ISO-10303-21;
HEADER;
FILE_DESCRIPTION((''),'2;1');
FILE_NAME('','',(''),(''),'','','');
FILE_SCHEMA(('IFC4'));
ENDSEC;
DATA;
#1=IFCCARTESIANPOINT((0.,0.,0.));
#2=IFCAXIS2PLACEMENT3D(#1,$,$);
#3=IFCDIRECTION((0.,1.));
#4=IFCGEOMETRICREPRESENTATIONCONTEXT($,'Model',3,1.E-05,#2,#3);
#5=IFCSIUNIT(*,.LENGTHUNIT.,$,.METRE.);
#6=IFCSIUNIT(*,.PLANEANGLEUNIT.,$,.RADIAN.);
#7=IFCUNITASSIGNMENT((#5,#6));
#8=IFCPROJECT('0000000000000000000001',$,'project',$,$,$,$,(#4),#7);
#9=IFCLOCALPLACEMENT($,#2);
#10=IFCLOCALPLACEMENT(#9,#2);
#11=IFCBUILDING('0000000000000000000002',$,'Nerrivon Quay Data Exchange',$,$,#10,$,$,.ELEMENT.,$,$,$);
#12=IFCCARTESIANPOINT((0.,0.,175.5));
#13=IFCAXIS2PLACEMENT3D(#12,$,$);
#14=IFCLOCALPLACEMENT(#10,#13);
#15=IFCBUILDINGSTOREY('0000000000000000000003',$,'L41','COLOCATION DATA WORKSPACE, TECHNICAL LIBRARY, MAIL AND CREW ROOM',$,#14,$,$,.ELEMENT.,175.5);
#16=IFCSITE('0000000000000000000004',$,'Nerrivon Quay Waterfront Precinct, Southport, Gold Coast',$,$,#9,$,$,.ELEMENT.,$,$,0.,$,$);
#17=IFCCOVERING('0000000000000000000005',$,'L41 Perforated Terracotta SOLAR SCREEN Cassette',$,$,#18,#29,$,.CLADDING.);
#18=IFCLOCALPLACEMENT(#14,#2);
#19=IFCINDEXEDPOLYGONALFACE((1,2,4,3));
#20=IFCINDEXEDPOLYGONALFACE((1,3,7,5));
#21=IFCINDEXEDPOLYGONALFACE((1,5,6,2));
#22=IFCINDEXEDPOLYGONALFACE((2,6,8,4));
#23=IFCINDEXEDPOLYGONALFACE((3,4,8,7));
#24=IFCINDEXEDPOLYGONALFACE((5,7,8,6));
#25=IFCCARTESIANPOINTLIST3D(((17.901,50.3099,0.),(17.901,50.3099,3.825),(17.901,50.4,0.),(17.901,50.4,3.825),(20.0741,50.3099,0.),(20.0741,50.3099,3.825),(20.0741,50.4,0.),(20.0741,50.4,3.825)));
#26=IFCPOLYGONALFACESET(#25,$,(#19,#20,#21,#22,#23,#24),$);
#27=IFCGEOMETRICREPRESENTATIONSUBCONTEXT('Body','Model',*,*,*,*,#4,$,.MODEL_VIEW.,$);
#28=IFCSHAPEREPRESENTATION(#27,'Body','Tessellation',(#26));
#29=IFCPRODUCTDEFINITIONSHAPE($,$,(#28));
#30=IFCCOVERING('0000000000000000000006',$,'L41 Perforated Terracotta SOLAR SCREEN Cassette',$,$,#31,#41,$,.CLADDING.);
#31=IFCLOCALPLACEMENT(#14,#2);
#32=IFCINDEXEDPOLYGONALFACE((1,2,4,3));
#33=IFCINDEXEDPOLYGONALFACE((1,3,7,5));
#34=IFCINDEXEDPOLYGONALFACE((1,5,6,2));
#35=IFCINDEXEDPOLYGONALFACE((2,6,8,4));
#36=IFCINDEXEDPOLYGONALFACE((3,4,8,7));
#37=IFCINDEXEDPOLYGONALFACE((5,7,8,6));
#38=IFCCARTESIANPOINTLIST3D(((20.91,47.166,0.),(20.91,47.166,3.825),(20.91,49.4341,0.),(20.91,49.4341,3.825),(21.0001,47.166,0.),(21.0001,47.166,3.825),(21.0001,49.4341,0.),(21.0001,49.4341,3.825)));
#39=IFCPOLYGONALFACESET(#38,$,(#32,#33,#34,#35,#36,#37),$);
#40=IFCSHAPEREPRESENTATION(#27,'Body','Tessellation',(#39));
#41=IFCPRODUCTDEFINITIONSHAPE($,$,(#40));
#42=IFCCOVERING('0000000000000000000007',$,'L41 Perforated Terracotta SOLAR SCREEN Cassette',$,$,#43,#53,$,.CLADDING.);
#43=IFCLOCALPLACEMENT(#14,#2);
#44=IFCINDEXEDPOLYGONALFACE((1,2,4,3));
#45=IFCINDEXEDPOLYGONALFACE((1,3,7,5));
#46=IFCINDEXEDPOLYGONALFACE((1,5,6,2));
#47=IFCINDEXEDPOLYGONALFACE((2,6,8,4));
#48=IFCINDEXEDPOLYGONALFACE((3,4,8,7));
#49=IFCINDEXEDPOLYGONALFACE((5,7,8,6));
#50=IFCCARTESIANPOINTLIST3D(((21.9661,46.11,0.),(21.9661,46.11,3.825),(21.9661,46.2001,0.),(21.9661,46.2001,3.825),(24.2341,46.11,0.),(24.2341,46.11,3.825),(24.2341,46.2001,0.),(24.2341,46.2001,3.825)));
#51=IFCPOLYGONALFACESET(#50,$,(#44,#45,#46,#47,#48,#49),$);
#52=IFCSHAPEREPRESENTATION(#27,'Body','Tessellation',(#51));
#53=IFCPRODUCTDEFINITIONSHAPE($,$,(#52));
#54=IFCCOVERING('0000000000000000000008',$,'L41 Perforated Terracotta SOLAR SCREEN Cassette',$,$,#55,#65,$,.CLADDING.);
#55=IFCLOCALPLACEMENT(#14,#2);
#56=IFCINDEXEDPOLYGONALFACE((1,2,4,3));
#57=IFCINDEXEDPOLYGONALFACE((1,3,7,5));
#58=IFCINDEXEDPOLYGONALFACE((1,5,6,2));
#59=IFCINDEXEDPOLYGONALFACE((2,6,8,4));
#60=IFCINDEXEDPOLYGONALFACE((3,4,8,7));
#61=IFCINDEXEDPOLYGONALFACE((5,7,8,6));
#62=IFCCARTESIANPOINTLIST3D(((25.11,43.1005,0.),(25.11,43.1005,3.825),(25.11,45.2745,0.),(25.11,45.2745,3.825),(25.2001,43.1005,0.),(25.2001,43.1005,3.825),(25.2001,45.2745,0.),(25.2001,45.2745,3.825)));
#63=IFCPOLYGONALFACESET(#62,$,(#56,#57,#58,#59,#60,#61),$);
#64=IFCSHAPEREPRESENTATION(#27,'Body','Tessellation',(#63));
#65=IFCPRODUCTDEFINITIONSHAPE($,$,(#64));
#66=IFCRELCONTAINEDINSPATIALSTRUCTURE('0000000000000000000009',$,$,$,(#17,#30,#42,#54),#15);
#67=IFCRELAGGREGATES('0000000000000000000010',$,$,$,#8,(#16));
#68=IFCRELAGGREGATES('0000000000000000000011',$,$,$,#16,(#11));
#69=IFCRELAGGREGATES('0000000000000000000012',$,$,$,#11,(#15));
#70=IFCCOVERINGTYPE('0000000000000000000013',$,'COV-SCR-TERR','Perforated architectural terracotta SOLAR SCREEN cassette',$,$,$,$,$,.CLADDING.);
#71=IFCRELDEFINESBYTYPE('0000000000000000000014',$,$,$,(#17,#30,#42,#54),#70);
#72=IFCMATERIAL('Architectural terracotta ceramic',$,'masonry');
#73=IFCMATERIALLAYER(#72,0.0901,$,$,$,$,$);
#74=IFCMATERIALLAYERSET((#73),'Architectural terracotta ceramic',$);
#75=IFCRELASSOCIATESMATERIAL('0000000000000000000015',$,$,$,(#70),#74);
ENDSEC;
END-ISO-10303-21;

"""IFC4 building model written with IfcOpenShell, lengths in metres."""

from ifc_helpers import new_model, si_unit, direction, frame, origin, origin_2d, place, context, subcontext, project, spatial, rectangle, extrude, material, layer, layer_set, type_object, element, save


model = new_model("IFC4")

# Units and contexts
model_context = context("Model", 3, precision=1e-05, world=origin(), true_north=direction((0.0, 1.0)))
body_context = subcontext(model_context, "Body", "Model", "MODEL_VIEW")
ifc_project = project(units=[si_unit("LENGTHUNIT", "METRE"), si_unit("PLANEANGLEUNIT", "RADIAN")], contexts=[model_context])

# Site, building, storey
site_placement = place(None, origin())
site = spatial("IfcSite", under=ifc_project, at=site_placement, Name="Nerrivon Quay Waterfront Precinct, Southport, Gold Coast", CompositionType="ELEMENT", RefElevation=0.0)
building_placement = place(site_placement, origin())
building = spatial("IfcBuilding", under=site, at=building_placement, Name="Nerrivon Quay Data Exchange", CompositionType="ELEMENT")
storey_placement = place(building_placement, frame((0.0, 0.0, 175.5)))
storey = spatial("IfcBuildingStorey", under=building, at=storey_placement, Name="L41", Description="COLOCATION DATA WORKSPACE, TECHNICAL LIBRARY, MAIL AND CREW ROOM", CompositionType="ELEMENT", Elevation=175.5)

# Coverings
ifc_material_1 = material(Name="Architectural terracotta ceramic", Category="masonry")
ifc_layer_1 = layer(ifc_material_1, 0.0901)
ifc_layer_set_1 = layer_set([ifc_layer_1], Name="Architectural terracotta ceramic")
covering_type = type_object("IfcCoveringType", Name="COV-SCR-TERR", Description="Perforated architectural terracotta SOLAR SCREEN cassette", PredefinedType="CLADDING", material=ifc_layer_set_1)
covering_1_placement = place(storey_placement, frame((18.9875, 50.355, 0.0), z_axis=(0.0, 0.0, 1.0), x_axis=(1.0, 0.0, 0.0)))
element("IfcCovering", 1, at=covering_1_placement, inside=storey, type_object=covering_type, Name="L41 Perforated Terracotta SOLAR SCREEN Cassette", PredefinedType="CLADDING", context=body_context, shape_type="SweptSolid", body=[
    extrude(rectangle(XDim=2.1731, YDim=0.0901, at=origin_2d()), origin(), (0.0, 0.0, 1.0), 3.825),
])
for number, where, z_axis, x_axis, name in (
    (2, (20.9551, 48.3, 0.0), (0.0, 0.0, 1.0), (0.0, -1.0, 0.0), "L41 Perforated Terracotta SOLAR SCREEN Cassette"),
    (3, (23.1001, 46.155, 0.0), (0.0, 0.0, 1.0), (1.0, 0.0, 0.0), "L41 Perforated Terracotta SOLAR SCREEN Cassette"),
):
    element("IfcCovering", number, at=place(storey_placement, frame(where, z_axis=z_axis, x_axis=x_axis)), inside=storey, type_object=covering_type, Name=name, PredefinedType="CLADDING", context=body_context, shape_type="SweptSolid", body=[
        extrude(rectangle(XDim=2.2681, YDim=0.0901, at=origin_2d()), origin(), (0.0, 0.0, 1.0), 3.825),
    ])
covering_2_placement = place(storey_placement, frame((25.155, 44.1875, 0.0), z_axis=(0.0, 0.0, 1.0), x_axis=(0.0, -1.0, 0.0)))
element("IfcCovering", 4, at=covering_2_placement, inside=storey, type_object=covering_type, Name="L41 Perforated Terracotta SOLAR SCREEN Cassette", PredefinedType="CLADDING", context=body_context, shape_type="SweptSolid", body=[
    extrude(rectangle(XDim=2.1741, YDim=0.0901, at=origin_2d()), origin(), (0.0, 0.0, 1.0), 3.825),
])

save(model, "model.ifc")
